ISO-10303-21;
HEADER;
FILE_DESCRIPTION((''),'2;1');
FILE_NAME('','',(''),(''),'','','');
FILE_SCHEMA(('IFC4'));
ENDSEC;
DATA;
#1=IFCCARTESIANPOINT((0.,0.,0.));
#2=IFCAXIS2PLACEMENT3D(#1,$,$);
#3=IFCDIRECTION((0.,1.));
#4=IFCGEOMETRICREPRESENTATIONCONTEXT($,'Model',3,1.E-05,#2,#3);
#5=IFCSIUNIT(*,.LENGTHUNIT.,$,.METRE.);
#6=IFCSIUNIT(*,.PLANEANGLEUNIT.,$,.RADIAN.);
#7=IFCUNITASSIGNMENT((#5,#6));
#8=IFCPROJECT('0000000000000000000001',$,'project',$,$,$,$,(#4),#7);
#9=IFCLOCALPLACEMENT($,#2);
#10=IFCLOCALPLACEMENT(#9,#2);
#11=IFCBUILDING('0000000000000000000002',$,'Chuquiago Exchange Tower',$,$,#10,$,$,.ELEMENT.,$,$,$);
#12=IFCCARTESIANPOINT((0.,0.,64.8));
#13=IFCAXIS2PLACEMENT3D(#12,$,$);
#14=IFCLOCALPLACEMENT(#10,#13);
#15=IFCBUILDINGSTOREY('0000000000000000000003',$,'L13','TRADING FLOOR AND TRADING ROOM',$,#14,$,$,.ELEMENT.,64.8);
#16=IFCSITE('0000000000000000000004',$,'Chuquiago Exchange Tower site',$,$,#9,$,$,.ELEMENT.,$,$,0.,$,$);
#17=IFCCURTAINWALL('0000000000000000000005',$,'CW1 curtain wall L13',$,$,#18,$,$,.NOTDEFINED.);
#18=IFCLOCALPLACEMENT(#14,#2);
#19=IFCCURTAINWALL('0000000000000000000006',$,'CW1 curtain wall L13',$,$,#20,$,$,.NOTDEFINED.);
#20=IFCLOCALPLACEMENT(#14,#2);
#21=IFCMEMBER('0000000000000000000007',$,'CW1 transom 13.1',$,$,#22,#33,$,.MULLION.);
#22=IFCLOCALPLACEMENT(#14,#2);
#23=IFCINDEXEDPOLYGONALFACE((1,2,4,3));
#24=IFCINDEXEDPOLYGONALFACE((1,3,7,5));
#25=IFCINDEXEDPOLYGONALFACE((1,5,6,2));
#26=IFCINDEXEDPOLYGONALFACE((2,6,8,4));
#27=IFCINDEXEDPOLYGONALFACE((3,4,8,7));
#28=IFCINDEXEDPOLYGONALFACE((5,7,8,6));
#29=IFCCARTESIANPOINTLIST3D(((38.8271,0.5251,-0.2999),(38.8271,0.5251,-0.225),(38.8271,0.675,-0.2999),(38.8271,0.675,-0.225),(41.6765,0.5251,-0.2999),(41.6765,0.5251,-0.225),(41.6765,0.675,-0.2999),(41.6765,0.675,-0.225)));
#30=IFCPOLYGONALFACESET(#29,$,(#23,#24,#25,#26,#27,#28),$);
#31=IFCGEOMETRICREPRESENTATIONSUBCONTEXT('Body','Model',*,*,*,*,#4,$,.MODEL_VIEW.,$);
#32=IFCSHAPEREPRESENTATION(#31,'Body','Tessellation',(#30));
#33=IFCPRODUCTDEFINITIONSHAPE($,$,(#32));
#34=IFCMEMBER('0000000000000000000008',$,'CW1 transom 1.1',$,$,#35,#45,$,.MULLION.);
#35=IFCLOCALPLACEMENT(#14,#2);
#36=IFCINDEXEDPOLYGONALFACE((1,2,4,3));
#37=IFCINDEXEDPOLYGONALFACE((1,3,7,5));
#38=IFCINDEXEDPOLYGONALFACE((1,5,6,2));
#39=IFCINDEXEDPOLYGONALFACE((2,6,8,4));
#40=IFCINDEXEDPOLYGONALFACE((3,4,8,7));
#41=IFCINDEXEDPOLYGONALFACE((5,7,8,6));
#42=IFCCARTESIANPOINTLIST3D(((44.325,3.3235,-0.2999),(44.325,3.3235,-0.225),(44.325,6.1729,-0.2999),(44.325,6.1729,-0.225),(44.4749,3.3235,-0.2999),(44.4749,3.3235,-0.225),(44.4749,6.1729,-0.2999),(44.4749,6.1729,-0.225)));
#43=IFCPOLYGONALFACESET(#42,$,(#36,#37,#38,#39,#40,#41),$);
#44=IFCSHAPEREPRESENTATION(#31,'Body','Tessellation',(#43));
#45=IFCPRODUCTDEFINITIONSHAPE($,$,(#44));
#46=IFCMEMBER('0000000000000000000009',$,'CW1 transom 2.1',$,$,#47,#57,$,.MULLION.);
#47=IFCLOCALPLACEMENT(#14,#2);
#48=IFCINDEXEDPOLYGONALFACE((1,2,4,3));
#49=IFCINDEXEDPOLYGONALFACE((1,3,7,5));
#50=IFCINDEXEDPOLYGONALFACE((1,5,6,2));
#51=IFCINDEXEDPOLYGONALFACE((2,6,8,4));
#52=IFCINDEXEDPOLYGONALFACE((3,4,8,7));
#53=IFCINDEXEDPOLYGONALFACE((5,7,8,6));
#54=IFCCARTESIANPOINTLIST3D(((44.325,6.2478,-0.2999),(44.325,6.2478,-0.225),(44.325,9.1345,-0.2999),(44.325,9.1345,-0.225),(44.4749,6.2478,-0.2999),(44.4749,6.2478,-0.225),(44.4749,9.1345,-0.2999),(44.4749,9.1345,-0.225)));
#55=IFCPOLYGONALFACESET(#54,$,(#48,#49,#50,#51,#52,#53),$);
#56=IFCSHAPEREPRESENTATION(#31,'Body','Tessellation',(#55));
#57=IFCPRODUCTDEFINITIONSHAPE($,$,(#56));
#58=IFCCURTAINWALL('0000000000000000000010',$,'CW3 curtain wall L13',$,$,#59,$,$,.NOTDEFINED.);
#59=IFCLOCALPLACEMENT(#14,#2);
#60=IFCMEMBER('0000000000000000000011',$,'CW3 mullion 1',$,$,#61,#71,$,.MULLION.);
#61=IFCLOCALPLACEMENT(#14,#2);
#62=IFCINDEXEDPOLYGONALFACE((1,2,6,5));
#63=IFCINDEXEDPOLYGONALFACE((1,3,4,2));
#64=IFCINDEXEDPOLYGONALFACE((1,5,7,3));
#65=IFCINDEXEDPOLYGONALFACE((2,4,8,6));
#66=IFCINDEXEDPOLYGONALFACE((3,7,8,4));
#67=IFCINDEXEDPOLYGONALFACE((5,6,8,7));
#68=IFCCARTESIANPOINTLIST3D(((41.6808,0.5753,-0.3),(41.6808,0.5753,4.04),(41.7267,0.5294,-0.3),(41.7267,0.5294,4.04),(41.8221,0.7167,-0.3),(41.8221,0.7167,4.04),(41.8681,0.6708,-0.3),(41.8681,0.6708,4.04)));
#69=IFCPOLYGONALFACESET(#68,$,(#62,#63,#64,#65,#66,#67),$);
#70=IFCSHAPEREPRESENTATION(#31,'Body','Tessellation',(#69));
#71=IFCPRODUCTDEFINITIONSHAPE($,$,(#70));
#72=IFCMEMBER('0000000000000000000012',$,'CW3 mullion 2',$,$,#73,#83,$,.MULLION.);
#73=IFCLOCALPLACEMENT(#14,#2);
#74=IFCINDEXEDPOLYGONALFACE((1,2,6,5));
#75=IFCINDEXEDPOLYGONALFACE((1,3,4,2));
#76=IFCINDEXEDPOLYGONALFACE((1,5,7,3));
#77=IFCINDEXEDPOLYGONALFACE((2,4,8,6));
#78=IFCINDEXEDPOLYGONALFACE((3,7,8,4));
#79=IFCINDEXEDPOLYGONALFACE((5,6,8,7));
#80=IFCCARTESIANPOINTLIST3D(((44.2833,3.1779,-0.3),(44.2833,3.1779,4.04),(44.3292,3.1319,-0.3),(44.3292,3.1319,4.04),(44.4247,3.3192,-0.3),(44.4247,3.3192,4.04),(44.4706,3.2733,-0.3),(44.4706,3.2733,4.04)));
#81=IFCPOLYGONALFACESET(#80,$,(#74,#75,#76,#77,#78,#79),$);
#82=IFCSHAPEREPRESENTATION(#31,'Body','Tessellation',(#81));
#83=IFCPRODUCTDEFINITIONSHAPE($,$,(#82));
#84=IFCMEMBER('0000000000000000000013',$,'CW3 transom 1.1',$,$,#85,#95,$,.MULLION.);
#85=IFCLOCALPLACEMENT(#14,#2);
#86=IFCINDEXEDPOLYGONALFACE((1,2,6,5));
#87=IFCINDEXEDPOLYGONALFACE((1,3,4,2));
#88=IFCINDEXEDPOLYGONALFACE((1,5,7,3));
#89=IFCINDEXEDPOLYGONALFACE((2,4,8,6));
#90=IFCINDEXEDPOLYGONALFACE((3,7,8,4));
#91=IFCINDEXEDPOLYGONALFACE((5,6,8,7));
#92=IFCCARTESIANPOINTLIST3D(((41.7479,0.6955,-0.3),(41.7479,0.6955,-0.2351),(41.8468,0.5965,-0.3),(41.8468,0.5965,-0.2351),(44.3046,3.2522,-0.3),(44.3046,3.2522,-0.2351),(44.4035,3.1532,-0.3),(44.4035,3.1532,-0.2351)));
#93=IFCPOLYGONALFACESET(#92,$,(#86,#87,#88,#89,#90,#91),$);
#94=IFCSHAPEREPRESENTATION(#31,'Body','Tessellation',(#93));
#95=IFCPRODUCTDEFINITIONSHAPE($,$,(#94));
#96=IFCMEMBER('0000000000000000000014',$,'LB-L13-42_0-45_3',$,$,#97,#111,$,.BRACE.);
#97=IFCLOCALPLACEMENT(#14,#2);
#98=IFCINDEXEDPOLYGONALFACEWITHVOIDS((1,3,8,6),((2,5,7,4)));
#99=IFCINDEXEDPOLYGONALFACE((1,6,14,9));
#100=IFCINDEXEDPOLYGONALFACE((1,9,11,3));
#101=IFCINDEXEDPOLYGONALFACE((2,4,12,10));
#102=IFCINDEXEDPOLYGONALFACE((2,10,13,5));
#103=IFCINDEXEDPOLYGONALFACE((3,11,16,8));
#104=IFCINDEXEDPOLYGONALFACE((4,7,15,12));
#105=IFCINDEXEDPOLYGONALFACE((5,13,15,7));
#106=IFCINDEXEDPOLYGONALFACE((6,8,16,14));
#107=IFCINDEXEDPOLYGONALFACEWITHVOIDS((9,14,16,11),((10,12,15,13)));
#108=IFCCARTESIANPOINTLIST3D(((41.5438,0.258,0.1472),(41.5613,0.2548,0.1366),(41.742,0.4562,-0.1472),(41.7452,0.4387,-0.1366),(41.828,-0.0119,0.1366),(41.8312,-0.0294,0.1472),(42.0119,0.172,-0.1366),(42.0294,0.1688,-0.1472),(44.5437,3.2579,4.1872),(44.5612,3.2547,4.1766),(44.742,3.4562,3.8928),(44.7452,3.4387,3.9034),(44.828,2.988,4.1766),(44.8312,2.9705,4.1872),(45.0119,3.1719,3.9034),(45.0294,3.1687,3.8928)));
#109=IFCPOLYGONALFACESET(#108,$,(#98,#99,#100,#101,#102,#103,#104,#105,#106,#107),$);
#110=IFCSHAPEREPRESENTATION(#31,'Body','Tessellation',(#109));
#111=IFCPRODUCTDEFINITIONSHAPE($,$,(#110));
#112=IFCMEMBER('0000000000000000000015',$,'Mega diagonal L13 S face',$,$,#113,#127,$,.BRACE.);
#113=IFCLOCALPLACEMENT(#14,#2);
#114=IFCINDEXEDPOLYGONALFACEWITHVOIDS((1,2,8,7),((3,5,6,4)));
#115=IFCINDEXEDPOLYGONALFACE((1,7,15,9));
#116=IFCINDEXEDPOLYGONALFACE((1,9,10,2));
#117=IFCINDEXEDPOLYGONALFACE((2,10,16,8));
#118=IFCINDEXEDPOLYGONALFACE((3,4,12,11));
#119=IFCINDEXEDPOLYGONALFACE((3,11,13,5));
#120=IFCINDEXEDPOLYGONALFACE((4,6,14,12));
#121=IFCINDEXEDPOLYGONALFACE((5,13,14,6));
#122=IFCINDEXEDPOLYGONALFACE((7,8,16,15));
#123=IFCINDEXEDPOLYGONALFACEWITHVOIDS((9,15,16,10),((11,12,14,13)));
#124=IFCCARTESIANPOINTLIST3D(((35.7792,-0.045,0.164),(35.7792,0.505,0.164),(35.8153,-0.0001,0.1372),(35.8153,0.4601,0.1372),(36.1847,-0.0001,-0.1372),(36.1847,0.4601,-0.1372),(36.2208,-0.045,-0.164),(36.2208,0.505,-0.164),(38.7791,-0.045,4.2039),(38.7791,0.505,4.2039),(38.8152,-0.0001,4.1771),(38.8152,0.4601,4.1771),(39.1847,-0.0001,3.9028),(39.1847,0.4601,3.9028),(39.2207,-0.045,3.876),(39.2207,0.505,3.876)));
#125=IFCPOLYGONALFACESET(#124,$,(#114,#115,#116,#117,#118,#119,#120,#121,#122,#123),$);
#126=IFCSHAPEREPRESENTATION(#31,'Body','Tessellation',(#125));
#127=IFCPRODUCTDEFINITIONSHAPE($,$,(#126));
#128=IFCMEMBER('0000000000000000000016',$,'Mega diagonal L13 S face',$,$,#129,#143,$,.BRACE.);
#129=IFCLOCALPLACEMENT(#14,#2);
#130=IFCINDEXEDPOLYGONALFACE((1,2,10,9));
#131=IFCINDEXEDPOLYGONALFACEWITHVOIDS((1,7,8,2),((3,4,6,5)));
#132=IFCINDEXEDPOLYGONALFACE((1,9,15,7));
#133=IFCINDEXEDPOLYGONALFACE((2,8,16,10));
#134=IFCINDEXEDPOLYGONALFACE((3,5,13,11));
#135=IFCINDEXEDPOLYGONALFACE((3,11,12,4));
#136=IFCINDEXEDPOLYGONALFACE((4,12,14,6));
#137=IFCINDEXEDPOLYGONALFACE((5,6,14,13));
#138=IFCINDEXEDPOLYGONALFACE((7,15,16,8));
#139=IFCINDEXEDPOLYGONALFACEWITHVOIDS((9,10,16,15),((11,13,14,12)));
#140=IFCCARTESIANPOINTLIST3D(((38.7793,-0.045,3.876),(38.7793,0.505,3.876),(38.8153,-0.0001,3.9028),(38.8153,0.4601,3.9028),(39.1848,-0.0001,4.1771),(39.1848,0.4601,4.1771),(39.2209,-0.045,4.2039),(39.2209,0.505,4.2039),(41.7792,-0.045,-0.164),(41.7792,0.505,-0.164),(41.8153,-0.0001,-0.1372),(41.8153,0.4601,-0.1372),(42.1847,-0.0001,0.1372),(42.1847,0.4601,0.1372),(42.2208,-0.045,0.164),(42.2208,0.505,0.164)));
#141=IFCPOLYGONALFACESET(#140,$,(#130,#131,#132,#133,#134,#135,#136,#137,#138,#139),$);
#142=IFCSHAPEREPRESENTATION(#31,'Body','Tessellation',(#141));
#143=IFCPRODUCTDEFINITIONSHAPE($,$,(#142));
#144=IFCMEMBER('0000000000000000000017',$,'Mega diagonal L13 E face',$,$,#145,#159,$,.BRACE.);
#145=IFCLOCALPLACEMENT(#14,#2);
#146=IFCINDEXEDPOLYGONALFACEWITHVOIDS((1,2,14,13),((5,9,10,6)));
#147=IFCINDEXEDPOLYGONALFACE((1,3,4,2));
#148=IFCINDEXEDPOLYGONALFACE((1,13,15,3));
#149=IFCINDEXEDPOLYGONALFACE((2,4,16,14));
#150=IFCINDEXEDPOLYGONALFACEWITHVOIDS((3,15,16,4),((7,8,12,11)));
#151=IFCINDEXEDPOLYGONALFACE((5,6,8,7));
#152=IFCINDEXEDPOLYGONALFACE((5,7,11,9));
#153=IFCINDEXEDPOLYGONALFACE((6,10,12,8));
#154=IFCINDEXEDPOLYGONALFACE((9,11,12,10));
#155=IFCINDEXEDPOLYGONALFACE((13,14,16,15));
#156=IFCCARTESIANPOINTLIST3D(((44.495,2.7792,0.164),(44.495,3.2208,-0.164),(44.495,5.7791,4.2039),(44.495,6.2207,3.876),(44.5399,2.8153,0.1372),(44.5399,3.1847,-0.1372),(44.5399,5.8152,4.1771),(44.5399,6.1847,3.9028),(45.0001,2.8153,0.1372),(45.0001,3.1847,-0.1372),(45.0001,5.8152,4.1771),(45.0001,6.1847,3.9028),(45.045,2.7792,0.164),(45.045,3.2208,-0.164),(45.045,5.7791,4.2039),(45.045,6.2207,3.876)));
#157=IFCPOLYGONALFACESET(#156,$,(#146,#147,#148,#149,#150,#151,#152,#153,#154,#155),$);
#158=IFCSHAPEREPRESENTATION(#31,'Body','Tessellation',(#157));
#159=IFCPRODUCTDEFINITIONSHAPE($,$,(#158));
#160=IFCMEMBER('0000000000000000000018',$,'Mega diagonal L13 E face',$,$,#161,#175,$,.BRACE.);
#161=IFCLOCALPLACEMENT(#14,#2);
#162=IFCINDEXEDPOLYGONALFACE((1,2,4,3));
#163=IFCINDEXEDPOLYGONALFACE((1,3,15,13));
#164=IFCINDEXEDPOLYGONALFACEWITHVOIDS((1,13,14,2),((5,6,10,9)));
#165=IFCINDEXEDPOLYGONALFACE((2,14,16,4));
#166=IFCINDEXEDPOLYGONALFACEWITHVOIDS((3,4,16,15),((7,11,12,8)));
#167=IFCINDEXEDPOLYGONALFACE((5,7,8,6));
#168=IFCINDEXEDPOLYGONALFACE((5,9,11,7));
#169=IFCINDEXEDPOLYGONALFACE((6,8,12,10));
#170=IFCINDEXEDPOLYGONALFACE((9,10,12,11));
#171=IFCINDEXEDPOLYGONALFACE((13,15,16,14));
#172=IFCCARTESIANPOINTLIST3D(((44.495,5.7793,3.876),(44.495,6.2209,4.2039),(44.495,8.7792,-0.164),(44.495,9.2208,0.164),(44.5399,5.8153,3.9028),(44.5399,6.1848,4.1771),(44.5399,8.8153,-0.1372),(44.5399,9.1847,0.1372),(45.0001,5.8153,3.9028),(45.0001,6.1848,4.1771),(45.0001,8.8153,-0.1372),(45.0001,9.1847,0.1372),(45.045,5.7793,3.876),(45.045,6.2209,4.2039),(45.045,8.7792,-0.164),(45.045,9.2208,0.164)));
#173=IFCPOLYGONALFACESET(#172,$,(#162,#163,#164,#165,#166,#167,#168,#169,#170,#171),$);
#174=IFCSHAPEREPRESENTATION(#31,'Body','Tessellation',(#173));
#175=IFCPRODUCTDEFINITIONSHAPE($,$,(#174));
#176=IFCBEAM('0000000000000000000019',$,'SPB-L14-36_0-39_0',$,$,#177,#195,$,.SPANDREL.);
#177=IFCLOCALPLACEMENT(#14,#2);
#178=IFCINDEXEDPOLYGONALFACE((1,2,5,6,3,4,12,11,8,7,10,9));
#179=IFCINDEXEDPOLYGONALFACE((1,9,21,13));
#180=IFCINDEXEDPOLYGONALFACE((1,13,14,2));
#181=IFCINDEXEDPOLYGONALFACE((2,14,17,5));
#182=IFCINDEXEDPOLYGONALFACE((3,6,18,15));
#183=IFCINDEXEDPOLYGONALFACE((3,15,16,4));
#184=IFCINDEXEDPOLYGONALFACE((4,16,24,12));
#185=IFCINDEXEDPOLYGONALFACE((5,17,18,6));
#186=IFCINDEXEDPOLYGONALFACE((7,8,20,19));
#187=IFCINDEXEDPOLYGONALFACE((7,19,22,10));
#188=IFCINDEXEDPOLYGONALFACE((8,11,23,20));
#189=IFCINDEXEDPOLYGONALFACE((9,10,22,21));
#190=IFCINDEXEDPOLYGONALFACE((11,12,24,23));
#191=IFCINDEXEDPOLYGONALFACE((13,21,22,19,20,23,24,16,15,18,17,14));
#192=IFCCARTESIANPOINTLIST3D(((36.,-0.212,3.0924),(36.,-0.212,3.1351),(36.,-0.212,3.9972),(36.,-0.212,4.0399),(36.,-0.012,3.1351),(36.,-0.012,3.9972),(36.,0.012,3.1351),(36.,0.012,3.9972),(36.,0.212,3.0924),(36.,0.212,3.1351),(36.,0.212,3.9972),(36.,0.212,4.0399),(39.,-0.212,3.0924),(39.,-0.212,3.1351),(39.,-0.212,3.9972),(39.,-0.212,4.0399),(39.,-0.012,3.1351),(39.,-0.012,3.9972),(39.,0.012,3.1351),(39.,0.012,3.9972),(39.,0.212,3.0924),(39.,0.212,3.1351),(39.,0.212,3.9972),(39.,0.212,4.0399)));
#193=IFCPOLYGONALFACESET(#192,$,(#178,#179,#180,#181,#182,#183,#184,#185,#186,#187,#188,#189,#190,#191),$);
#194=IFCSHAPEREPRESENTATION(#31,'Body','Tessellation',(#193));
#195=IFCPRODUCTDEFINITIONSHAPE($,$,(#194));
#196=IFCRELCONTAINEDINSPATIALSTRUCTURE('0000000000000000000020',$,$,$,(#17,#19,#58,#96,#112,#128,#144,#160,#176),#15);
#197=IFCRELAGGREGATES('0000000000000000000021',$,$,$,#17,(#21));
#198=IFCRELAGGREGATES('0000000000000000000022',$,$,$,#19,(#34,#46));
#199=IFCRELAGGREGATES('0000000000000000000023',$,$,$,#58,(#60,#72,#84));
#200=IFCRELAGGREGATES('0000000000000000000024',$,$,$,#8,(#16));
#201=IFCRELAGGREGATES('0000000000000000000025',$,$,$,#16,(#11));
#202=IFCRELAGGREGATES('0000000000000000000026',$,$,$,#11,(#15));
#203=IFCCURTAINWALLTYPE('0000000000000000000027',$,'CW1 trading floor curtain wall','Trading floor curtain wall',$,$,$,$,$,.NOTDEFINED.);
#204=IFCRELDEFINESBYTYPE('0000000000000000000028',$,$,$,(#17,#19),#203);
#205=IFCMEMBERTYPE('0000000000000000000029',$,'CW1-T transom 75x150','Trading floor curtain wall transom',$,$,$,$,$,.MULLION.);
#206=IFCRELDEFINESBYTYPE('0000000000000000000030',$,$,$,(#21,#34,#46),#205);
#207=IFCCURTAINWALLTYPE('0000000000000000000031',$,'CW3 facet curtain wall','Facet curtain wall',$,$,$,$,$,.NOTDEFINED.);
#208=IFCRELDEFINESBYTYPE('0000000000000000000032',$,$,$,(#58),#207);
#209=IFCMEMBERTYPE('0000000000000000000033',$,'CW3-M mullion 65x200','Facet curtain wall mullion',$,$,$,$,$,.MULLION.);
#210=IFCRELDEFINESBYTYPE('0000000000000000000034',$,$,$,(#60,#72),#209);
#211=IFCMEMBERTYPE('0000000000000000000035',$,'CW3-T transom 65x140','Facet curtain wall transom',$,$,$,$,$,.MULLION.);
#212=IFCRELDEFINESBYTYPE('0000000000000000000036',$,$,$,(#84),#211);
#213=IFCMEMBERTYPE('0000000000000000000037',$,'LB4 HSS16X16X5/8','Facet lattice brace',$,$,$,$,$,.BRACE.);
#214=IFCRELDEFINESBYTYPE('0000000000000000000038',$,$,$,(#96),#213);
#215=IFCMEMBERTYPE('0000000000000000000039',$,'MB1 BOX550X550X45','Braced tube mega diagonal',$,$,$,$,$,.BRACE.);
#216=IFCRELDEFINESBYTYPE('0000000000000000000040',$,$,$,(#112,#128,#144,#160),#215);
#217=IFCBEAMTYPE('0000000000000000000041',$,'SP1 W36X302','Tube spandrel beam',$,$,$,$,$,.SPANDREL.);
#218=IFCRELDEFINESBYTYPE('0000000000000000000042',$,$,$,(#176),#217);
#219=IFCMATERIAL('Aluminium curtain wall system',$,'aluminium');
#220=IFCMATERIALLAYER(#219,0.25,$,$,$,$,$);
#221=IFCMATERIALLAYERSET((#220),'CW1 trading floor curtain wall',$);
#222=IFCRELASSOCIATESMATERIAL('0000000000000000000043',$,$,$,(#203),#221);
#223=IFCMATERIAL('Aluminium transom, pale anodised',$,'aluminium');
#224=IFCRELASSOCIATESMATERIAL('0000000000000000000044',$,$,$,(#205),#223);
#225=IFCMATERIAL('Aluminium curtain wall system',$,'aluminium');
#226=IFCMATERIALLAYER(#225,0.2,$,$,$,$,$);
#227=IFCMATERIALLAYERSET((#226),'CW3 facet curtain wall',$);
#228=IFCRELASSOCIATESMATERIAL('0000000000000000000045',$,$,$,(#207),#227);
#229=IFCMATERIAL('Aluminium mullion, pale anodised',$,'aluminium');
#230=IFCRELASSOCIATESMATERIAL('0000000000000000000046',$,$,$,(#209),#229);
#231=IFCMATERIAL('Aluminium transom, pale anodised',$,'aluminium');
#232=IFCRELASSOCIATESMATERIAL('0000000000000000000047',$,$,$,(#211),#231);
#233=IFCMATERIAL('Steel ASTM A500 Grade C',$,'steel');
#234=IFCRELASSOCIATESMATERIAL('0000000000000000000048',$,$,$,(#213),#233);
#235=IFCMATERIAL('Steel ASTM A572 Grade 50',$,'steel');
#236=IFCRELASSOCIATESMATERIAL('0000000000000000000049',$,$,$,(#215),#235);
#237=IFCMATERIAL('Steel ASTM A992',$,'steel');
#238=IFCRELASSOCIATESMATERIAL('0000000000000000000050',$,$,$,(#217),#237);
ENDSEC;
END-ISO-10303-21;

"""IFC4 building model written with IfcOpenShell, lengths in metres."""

from ifc_helpers import new_model, si_unit, direction, frame, origin, origin_2d, place, context, subcontext, project, spatial, rectangle, hollow_rectangle, i_section, extrude, material, layer, layer_set, material_profile, profile_set, type_object, element, aggregate, save


model = new_model("IFC4")

# Units and contexts
model_context = context("Model", 3, precision=1e-05, world=origin(), true_north=direction((0.0, 1.0)))
body_context = subcontext(model_context, "Body", "Model", "MODEL_VIEW")
ifc_project = project(units=[si_unit("LENGTHUNIT", "METRE"), si_unit("PLANEANGLEUNIT", "RADIAN")], contexts=[model_context])

# Site, building, storey
site_placement = place(None, origin())
site = spatial("IfcSite", under=ifc_project, at=site_placement, Name="Chuquiago Exchange Tower site", CompositionType="ELEMENT", RefElevation=0.0)
building_placement = place(site_placement, origin())
building = spatial("IfcBuilding", under=site, at=building_placement, Name="Chuquiago Exchange Tower", CompositionType="ELEMENT")
storey_placement = place(building_placement, frame((0.0, 0.0, 64.8)))
storey = spatial("IfcBuildingStorey", under=building, at=storey_placement, Name="L13", Description="TRADING FLOOR AND TRADING ROOM", CompositionType="ELEMENT", Elevation=64.8)

# Curtain walls
ifc_material_1 = material(Name="Aluminium curtain wall system", Category="aluminium")
ifc_layer_1 = layer(ifc_material_1, 0.25)
ifc_layer_set_1 = layer_set([ifc_layer_1], Name="CW1 trading floor curtain wall")
curtain_wall_type_1 = type_object("IfcCurtainWallType", Name="CW1 trading floor curtain wall", Description="Trading floor curtain wall", PredefinedType="NOTDEFINED", material=ifc_layer_set_1)
curtain_wall_1_placement = place(storey_placement, origin())
curtain_wall_1 = element("IfcCurtainWall", 1, at=curtain_wall_1_placement, inside=storey, type_object=curtain_wall_type_1, Name="CW1 curtain wall L13", PredefinedType="NOTDEFINED")
curtain_wall_2_placement = place(storey_placement, origin())
curtain_wall_2 = element("IfcCurtainWall", 2, at=curtain_wall_2_placement, inside=storey, type_object=curtain_wall_type_1, Name="CW1 curtain wall L13", PredefinedType="NOTDEFINED")

# Members
ifc_material_2 = material(Name="Aluminium transom, pale anodised", Category="aluminium")
ifc_material_profile_1 = material_profile(ifc_material_2, rectangle(XDim=0.1499, YDim=0.075, at=origin_2d()), Name="AL 150x75")
ifc_profile_set_1 = profile_set([ifc_material_profile_1], Name="Aluminium transom, pale anodised")
member_type_1 = type_object("IfcMemberType", Name="CW1-T transom 75x150", Description="Trading floor curtain wall transom", PredefinedType="MULLION", material=ifc_profile_set_1)
member_1_placement = place(storey_placement, frame((38.8271, 0.6001, -0.2625), z_axis=(1.0, 0.0, 0.0), x_axis=(0.0, 1.0, 0.0)))
member_1 = element("IfcMember", 3, at=member_1_placement, type_object=member_type_1, Name="CW1 transom 13.1", PredefinedType="MULLION", context=body_context, shape_type="SweptSolid", body=[
    extrude(rectangle(XDim=0.1499, YDim=0.075, at=origin_2d()), origin(), (0.0, 0.0, 1.0), 2.8494),
])
member_2_placement = place(storey_placement, frame((44.3999, 3.3235, -0.2625), z_axis=(0.0, 1.0, 0.0), x_axis=(-1.0, 0.0, 0.0)))
member_2 = element("IfcMember", 4, at=member_2_placement, type_object=member_type_1, Name="CW1 transom 1.1", PredefinedType="MULLION", context=body_context, shape_type="SweptSolid", body=[
    extrude(rectangle(XDim=0.1499, YDim=0.075, at=origin_2d()), origin(), (0.0, 0.0, 1.0), 2.8494),
])
member_3_placement = place(storey_placement, frame((44.3999, 6.2478, -0.2625), z_axis=(0.0, 1.0, 0.0), x_axis=(-1.0, 0.0, 0.0)))
member_3 = element("IfcMember", 5, at=member_3_placement, type_object=member_type_1, Name="CW1 transom 2.1", PredefinedType="MULLION", context=body_context, shape_type="SweptSolid", body=[
    extrude(rectangle(XDim=0.1499, YDim=0.075, at=origin_2d()), origin(), (0.0, 0.0, 1.0), 2.8867),
])

# Curtain wall, members
ifc_material_3 = material(Name="Aluminium curtain wall system", Category="aluminium")
ifc_layer_2 = layer(ifc_material_3, 0.2)
ifc_layer_set_2 = layer_set([ifc_layer_2], Name="CW3 facet curtain wall")
curtain_wall_type_2 = type_object("IfcCurtainWallType", Name="CW3 facet curtain wall", Description="Facet curtain wall", PredefinedType="NOTDEFINED", material=ifc_layer_set_2)
curtain_wall_3_placement = place(storey_placement, origin())
curtain_wall_3 = element("IfcCurtainWall", 6, at=curtain_wall_3_placement, inside=storey, type_object=curtain_wall_type_2, Name="CW3 curtain wall L13", PredefinedType="NOTDEFINED")
ifc_material_4 = material(Name="Aluminium mullion, pale anodised", Category="aluminium")
ifc_material_profile_2 = material_profile(ifc_material_4, rectangle(XDim=0.0649, YDim=0.2, at=origin_2d()), Name="AL 65x200")
ifc_profile_set_2 = profile_set([ifc_material_profile_2], Name="Aluminium mullion, pale anodised")
member_type_2 = type_object("IfcMemberType", Name="CW3-M mullion 65x200", Description="Facet curtain wall mullion", PredefinedType="MULLION", material=ifc_profile_set_2)
member_4_placement = place(storey_placement, frame((41.7744, 0.623, -0.3), z_axis=(0.0, 0.0, 1.0), x_axis=(-0.707107, 0.707107, 0.0)))
member_4 = element("IfcMember", 7, at=member_4_placement, type_object=member_type_2, Name="CW3 mullion 1", PredefinedType="MULLION", context=body_context, shape_type="SweptSolid", body=[
    extrude(rectangle(XDim=0.0649, YDim=0.2, at=origin_2d()), origin(), (0.0, 0.0, 1.0), 4.3401),
])
member_5_placement = place(storey_placement, frame((44.377, 3.2256, -0.3), z_axis=(0.0, 0.0, 1.0), x_axis=(-0.707107, 0.707107, 0.0)))
member_5 = element("IfcMember", 8, at=member_5_placement, type_object=member_type_2, Name="CW3 mullion 2", PredefinedType="MULLION", context=body_context, shape_type="SweptSolid", body=[
    extrude(rectangle(XDim=0.0649, YDim=0.2, at=origin_2d()), origin(), (0.0, 0.0, 1.0), 4.3401),
])
ifc_material_5 = material(Name="Aluminium transom, pale anodised", Category="aluminium")
ifc_material_profile_3 = material_profile(ifc_material_5, rectangle(XDim=0.1399, YDim=0.0649, at=origin_2d()), Name="AL 140x65")
ifc_profile_set_3 = profile_set([ifc_material_profile_3], Name="Aluminium transom, pale anodised")
member_type_3 = type_object("IfcMemberType", Name="CW3-T transom 65x140", Description="Facet curtain wall transom", PredefinedType="MULLION", material=ifc_profile_set_3)
member_6_placement = place(storey_placement, frame((41.7974, 0.646, -0.2676), z_axis=(0.707107, 0.707107, 0.0), x_axis=(-0.707107, 0.707107, 0.0)))
member_6 = element("IfcMember", 9, at=member_6_placement, type_object=member_type_3, Name="CW3 transom 1.1", PredefinedType="MULLION", context=body_context, shape_type="SweptSolid", body=[
    extrude(rectangle(XDim=0.1399, YDim=0.0649, at=origin_2d()), origin(), (0.0, 0.0, 1.0), 3.6157),
])

# Members
ifc_material_6 = material(Name="Steel ASTM A500 Grade C", Category="steel")
ifc_material_profile_4 = material_profile(ifc_material_6, hollow_rectangle(XDim=0.4065, YDim=0.4065, WallThickness=0.0146, at=origin_2d()), Name="HSS16X16X5/8")
ifc_profile_set_4 = profile_set([ifc_material_profile_4], Name="Steel ASTM A500 Grade C")
member_type_4 = type_object("IfcMemberType", Name="LB4 HSS16X16X5/8", Description="Facet lattice brace", PredefinedType="BRACE", material=ifc_profile_set_4)
member_7_placement = place(storey_placement, frame((41.7866, 0.2134, 0.0), z_axis=(0.512077, 0.512077, 0.689604), x_axis=(-0.707107, 0.707107, 0.0)))
element("IfcMember", 10, at=member_7_placement, inside=storey, type_object=member_type_4, Name="LB-L13-42_0-45_3", PredefinedType="BRACE", context=body_context, shape_type="SweptSolid", body=[
    extrude(hollow_rectangle(XDim=0.4065, YDim=0.4065, WallThickness=0.0146, at=origin_2d()), origin(), (0.0, 0.0, 1.0), 5.8584),
])
ifc_material_7 = material(Name="Steel ASTM A572 Grade 50", Category="steel")
ifc_material_profile_5 = material_profile(ifc_material_7, hollow_rectangle(XDim=0.55, YDim=0.55, WallThickness=0.0449, at=origin_2d()), Name="BOX550X550X45")
ifc_profile_set_5 = profile_set([ifc_material_profile_5], Name="Steel ASTM A572 Grade 50")
member_type_5 = type_object("IfcMemberType", Name="MB1 BOX550X550X45", Description="Braced tube mega diagonal", PredefinedType="BRACE", material=ifc_profile_set_5)
for number, where, z_axis, x_axis, name in (
    (11, (36.0, 0.23, 0.0), (0.596174, 0.0, 0.802855), (0.0, 1.0, 0.0), "Mega diagonal L13 S face"),
    (12, (42.0, 0.23, 0.0), (-0.596174, 0.0, 0.802855), (0.0, -1.0, 0.0), "Mega diagonal L13 S face"),
    (13, (44.77, 3.0, 0.0), (0.0, 0.596174, 0.802855), (-1.0, 0.0, 0.0), "Mega diagonal L13 E face"),
    (14, (44.77, 9.0, 0.0), (0.0, -0.596174, 0.802855), (1.0, 0.0, 0.0), "Mega diagonal L13 E face"),
):
    element("IfcMember", number, at=place(storey_placement, frame(where, z_axis=z_axis, x_axis=x_axis)), inside=storey, type_object=member_type_5, Name=name, PredefinedType="BRACE", context=body_context, shape_type="SweptSolid", body=[
        extrude(hollow_rectangle(XDim=0.55, YDim=0.55, WallThickness=0.0449, at=origin_2d()), origin(), (0.0, 0.0, 1.0), 5.032),
    ])

# Beam
ifc_material_8 = material(Name="Steel ASTM A992", Category="steel")
ifc_material_profile_6 = material_profile(ifc_material_8, i_section(OverallWidth=0.4241, OverallDepth=0.9475, WebThickness=0.0239, FlangeThickness=0.0427, at=origin_2d()), Name="W36X302")
ifc_profile_set_6 = profile_set([ifc_material_profile_6], Name="Steel ASTM A992")
beam_type = type_object("IfcBeamType", Name="SP1 W36X302", Description="Tube spandrel beam", PredefinedType="SPANDREL", material=ifc_profile_set_6)
for number, where, z_axis, x_axis, name in (
    (15, (36.0, 0.0, 3.5662), (1.0, 0.0, 0.0), (0.0, 1.0, 0.0), "SPB-L14-36_0-39_0"),
):
    element("IfcBeam", number, at=place(storey_placement, frame(where, z_axis=z_axis, x_axis=x_axis)), inside=storey, type_object=beam_type, Name=name, PredefinedType="SPANDREL", context=body_context, shape_type="SweptSolid", body=[
        extrude(i_section(OverallWidth=0.4241, OverallDepth=0.9475, WebThickness=0.0239, FlangeThickness=0.0427, at=origin_2d()), origin(), (0.0, 0.0, 1.0), 3.0),
    ])

aggregate(curtain_wall_1, [member_1])
aggregate(curtain_wall_2, [member_2, member_3])
aggregate(curtain_wall_3, [member_4, member_5, member_6])

save(model, "model.ifc")
